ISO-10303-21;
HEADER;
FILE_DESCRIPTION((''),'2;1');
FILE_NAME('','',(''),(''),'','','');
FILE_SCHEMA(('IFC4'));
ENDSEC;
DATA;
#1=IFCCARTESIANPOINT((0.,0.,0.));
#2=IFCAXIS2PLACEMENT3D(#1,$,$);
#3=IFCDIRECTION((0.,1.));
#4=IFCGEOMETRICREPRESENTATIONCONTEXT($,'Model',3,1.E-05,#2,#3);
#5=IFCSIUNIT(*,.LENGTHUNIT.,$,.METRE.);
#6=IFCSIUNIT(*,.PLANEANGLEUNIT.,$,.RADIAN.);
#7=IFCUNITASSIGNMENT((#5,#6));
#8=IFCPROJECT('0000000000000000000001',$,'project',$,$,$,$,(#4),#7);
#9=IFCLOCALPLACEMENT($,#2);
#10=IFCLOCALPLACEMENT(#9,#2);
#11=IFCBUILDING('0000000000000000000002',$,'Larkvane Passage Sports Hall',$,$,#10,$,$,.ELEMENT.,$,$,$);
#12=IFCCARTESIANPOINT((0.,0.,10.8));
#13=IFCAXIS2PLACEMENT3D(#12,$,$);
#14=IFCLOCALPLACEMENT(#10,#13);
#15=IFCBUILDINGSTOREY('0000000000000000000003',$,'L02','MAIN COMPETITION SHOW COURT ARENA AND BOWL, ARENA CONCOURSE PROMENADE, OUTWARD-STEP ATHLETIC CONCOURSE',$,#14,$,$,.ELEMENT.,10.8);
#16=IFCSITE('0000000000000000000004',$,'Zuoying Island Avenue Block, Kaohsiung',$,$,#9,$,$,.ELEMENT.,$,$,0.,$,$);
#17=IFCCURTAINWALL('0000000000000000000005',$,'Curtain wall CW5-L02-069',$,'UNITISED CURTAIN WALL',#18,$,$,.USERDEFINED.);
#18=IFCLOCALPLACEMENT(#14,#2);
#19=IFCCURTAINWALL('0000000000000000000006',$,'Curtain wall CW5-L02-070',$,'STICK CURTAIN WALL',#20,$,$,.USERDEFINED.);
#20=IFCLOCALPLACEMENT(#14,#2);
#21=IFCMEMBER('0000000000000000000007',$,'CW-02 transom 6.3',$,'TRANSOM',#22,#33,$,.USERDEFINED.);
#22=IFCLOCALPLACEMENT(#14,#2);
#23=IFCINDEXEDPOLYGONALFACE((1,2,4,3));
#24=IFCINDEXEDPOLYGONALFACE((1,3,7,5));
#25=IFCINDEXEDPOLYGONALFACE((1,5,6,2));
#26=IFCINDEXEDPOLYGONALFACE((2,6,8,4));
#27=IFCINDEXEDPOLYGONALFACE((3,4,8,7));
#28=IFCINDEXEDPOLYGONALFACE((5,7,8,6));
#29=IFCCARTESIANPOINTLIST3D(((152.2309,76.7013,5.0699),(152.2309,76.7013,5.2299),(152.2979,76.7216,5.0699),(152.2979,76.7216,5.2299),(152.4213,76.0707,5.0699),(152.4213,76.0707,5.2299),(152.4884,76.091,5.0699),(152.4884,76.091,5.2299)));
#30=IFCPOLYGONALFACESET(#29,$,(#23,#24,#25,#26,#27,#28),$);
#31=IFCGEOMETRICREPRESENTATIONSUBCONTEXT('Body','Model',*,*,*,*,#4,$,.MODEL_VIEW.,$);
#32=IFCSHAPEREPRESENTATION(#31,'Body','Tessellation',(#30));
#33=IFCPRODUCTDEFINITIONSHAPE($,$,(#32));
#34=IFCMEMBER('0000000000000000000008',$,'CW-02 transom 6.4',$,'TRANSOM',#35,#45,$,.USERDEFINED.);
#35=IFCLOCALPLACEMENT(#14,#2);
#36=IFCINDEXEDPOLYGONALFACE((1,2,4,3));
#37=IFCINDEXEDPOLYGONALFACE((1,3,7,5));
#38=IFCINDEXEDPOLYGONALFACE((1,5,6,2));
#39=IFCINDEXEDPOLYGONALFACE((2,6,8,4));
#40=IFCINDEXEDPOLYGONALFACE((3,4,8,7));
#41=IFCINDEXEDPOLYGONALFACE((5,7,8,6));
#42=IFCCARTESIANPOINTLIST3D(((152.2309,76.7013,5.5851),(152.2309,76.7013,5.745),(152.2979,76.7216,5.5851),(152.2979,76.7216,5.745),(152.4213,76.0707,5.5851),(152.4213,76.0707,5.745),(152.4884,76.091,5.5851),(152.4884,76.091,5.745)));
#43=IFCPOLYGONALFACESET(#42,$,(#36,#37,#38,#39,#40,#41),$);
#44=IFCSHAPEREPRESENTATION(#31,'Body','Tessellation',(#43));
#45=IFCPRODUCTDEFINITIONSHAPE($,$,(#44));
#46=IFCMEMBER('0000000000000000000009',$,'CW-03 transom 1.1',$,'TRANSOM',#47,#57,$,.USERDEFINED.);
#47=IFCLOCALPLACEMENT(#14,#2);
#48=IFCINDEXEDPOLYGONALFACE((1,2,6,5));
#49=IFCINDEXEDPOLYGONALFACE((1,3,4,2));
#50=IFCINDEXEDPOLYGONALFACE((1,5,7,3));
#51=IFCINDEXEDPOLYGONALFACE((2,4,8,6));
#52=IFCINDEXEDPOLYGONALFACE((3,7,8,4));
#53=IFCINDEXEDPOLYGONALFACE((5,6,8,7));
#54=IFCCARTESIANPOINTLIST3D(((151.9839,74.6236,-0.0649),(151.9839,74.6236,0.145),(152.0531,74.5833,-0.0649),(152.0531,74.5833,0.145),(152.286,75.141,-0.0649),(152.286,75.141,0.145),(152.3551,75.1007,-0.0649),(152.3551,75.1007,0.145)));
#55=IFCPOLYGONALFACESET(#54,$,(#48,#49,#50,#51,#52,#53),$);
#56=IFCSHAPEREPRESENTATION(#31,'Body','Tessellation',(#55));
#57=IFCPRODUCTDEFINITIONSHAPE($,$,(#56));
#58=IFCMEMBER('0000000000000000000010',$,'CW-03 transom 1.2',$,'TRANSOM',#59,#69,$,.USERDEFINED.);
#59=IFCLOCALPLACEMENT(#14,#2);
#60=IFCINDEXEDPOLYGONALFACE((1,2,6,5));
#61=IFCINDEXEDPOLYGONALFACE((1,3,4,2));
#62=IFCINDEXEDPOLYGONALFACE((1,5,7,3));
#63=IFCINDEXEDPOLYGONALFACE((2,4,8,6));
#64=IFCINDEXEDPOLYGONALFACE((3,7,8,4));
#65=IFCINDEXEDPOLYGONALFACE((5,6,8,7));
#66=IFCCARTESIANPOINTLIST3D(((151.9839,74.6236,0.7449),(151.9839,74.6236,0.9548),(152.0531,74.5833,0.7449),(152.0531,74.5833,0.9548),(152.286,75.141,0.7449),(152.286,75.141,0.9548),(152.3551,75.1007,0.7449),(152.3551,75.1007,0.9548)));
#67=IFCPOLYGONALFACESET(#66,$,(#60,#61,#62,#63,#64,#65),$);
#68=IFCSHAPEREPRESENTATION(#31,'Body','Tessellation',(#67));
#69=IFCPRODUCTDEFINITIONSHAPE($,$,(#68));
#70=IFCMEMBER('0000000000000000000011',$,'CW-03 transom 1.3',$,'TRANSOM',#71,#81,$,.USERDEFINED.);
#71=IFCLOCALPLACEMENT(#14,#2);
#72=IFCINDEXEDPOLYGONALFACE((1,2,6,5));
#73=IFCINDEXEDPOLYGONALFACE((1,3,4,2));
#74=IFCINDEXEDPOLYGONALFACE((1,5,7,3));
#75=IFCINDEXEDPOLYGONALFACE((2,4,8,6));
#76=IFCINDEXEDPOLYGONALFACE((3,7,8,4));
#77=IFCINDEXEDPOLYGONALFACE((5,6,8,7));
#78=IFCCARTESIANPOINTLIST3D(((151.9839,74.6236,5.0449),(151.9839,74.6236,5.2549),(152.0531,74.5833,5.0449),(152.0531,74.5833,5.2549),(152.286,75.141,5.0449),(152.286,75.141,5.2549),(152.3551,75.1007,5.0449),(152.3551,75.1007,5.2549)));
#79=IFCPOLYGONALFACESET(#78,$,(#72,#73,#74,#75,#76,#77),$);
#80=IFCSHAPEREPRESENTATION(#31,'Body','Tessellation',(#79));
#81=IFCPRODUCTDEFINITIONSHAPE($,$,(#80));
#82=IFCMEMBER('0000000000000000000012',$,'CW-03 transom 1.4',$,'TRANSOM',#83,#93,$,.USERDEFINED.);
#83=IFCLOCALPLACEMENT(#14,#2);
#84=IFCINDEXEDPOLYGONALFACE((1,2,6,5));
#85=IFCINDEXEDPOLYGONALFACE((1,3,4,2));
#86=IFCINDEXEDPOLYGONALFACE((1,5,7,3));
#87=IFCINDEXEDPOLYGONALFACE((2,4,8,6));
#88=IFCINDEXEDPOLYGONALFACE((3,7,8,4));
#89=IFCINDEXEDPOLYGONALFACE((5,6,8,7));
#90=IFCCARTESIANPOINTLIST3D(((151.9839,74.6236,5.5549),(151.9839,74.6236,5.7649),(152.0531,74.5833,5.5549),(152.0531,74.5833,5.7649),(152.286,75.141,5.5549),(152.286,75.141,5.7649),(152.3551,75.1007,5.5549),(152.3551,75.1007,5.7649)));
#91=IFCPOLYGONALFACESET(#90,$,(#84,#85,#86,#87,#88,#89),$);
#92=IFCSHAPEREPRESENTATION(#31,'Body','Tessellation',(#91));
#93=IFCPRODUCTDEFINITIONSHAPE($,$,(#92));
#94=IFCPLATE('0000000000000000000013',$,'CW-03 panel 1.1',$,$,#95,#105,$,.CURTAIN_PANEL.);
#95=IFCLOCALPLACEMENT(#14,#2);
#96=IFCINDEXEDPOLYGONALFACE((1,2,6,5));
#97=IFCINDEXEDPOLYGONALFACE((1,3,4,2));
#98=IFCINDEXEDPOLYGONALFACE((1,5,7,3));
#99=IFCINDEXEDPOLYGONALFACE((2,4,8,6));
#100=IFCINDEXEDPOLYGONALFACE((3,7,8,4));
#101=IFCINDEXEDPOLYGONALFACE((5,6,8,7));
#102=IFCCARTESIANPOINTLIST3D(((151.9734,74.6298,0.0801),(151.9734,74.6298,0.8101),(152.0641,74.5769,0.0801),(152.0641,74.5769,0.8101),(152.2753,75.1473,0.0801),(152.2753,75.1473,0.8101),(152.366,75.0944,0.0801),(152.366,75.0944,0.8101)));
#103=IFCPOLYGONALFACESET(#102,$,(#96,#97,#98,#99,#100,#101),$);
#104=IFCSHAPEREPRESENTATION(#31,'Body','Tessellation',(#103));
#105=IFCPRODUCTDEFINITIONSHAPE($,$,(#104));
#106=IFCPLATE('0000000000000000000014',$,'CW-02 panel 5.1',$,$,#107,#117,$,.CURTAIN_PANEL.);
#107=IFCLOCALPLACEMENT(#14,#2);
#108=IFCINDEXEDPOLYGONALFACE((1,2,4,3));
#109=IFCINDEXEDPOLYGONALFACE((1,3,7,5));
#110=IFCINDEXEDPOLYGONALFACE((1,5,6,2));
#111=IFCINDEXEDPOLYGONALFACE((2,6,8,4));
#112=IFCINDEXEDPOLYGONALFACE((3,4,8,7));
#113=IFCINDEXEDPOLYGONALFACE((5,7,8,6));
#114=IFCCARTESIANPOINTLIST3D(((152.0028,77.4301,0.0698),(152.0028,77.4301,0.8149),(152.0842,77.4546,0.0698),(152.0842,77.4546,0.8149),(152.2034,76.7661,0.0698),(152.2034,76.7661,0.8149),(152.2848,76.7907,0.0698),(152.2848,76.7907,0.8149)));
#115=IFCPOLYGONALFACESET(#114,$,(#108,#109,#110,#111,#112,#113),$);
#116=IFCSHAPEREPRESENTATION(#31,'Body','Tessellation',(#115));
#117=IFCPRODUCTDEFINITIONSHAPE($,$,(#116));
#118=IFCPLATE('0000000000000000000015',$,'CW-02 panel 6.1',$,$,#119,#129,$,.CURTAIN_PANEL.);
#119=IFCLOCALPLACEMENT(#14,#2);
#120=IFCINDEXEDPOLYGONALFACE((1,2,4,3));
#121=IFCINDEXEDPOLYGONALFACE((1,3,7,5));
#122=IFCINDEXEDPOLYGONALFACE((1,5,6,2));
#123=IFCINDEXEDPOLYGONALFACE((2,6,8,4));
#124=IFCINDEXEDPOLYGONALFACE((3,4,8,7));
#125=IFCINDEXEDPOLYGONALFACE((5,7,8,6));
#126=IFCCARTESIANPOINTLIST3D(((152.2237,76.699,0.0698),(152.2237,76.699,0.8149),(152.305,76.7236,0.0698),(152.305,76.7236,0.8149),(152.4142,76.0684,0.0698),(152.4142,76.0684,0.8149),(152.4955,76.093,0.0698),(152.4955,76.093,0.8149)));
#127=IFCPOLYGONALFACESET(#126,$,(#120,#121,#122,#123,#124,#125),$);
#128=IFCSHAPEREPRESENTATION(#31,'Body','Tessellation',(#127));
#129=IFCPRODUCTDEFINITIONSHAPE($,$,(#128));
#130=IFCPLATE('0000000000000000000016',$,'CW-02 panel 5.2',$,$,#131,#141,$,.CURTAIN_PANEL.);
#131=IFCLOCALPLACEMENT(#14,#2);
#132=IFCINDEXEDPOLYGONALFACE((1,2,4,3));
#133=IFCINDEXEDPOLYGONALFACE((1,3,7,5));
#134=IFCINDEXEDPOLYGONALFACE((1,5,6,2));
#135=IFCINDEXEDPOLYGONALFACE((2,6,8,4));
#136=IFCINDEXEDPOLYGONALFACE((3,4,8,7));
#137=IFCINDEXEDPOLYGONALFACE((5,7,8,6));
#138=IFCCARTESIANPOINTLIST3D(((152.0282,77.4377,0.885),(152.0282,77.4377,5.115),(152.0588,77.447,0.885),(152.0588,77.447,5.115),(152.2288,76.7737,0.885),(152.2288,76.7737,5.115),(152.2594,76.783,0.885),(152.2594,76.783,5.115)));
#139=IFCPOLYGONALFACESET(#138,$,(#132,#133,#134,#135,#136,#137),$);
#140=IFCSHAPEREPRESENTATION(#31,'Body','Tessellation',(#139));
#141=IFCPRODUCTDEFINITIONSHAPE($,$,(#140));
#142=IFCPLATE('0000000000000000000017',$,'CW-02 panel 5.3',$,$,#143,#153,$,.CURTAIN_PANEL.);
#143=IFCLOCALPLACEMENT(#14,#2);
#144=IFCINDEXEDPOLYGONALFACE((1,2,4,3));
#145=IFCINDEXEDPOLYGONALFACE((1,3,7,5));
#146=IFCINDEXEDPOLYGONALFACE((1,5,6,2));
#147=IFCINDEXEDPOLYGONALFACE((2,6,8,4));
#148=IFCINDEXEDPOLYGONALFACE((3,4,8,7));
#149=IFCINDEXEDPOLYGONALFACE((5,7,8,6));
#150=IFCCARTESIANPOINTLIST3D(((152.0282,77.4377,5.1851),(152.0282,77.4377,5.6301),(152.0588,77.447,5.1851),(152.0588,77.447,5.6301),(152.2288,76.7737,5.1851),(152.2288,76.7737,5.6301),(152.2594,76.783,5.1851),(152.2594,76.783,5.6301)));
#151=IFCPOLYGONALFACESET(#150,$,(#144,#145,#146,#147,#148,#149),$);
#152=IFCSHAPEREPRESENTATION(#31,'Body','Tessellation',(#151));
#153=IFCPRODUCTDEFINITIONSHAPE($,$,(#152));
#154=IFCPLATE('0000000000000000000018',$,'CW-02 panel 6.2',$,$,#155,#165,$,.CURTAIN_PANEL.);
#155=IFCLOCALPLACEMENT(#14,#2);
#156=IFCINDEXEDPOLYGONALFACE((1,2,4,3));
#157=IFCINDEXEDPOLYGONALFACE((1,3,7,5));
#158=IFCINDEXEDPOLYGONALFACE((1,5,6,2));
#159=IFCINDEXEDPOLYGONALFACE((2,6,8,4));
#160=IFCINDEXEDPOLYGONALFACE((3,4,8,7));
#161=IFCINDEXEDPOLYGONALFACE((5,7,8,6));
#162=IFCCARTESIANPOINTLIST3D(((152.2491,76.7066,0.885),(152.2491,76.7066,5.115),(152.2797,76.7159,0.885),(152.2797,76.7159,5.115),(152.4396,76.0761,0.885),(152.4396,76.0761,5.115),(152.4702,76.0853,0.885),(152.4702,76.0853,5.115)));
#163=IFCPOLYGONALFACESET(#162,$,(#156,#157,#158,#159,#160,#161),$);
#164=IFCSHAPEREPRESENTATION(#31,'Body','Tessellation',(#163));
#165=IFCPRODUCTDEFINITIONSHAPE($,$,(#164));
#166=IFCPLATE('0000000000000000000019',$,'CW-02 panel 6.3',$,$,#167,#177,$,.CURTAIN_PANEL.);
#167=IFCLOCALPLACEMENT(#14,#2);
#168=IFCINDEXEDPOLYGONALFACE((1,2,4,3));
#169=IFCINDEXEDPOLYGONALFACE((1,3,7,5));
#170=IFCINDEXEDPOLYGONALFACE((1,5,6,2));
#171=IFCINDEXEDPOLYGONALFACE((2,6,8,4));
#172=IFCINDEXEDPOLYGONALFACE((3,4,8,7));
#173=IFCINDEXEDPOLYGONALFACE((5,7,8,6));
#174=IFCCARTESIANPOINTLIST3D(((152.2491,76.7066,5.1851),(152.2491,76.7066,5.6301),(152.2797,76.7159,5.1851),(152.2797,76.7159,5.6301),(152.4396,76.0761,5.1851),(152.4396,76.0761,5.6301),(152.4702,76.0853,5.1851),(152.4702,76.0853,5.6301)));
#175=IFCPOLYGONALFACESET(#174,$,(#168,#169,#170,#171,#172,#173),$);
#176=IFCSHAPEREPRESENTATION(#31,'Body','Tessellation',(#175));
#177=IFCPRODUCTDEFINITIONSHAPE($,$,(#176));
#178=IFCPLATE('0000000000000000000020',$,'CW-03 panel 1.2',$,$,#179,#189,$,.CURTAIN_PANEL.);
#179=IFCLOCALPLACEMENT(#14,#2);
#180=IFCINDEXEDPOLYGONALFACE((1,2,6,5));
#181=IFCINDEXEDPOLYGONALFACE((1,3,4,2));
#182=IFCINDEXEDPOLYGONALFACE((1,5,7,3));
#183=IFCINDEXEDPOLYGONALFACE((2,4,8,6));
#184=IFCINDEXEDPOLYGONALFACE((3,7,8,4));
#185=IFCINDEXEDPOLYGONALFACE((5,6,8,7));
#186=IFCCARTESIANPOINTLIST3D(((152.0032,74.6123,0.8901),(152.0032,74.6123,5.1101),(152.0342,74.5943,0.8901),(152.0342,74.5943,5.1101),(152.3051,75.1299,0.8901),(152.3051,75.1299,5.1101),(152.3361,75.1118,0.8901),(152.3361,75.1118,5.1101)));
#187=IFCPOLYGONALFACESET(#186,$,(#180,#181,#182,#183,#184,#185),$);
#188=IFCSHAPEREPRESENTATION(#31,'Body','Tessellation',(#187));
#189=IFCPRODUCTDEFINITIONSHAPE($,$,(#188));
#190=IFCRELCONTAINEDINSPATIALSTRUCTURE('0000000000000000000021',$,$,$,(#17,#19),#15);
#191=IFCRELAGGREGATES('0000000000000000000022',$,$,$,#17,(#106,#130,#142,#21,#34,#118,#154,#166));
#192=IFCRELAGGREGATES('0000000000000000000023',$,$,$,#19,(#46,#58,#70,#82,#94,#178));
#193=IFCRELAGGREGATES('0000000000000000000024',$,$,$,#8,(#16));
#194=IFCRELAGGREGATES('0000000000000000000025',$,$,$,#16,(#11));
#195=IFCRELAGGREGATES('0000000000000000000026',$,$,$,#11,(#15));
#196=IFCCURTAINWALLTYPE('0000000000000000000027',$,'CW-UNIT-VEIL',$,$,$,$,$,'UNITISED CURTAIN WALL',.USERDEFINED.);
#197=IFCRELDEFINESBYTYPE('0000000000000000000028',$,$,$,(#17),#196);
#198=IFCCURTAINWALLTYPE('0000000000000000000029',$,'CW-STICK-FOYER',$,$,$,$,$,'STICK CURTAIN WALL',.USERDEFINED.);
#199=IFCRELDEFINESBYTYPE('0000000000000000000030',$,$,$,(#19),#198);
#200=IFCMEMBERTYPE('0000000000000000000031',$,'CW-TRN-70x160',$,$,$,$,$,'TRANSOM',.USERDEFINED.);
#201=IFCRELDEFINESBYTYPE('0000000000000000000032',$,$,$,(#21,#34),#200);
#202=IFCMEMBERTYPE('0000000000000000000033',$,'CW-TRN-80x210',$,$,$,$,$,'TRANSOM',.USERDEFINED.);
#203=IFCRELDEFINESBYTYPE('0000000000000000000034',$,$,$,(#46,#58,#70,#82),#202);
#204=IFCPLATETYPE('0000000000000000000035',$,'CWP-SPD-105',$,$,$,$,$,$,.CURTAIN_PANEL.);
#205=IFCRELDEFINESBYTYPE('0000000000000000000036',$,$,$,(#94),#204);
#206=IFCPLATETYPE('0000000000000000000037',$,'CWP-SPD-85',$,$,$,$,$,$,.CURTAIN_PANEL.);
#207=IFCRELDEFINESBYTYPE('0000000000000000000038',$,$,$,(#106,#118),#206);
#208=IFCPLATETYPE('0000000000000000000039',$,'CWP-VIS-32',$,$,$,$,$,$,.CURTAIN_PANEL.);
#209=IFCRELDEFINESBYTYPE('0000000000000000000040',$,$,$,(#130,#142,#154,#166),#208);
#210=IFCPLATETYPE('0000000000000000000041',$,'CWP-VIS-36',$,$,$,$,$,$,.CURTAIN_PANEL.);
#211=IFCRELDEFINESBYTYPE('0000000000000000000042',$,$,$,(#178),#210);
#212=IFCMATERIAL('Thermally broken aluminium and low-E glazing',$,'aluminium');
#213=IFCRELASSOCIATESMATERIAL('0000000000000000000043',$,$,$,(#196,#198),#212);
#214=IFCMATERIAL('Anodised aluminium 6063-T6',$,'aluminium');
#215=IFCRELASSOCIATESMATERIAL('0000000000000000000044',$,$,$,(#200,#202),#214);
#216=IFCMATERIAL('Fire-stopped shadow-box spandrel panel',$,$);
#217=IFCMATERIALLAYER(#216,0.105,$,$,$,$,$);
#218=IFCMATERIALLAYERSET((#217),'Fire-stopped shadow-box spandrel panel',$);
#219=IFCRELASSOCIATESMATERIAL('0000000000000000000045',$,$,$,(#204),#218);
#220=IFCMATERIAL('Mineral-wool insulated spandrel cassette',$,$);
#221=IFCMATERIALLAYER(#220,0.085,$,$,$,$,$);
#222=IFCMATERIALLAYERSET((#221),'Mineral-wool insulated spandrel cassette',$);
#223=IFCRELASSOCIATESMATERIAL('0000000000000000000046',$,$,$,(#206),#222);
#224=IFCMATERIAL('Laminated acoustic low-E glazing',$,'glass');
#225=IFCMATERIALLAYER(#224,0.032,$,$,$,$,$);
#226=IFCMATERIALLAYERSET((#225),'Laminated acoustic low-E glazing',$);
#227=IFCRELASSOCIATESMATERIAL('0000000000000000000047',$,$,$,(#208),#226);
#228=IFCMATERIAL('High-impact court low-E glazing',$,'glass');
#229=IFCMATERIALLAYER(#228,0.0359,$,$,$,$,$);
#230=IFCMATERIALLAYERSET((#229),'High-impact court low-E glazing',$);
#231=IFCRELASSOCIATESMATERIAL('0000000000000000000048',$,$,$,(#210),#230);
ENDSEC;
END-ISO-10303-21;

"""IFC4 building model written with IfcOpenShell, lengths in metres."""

from ifc_helpers import new_model, si_unit, direction, frame, origin, origin_2d, place, context, subcontext, project, spatial, rectangle, extrude, material, layer, layer_set, material_profile, profile_set, type_object, element, aggregate, save


model = new_model("IFC4")

# Units and contexts
model_context = context("Model", 3, precision=1e-05, world=origin(), true_north=direction((0.0, 1.0)))
body_context = subcontext(model_context, "Body", "Model", "MODEL_VIEW")
ifc_project = project(units=[si_unit("LENGTHUNIT", "METRE"), si_unit("PLANEANGLEUNIT", "RADIAN")], contexts=[model_context])

# Site, building, storey
site_placement = place(None, origin())
site = spatial("IfcSite", under=ifc_project, at=site_placement, Name="Zuoying Island Avenue Block, Kaohsiung", CompositionType="ELEMENT", RefElevation=0.0)
building_placement = place(site_placement, origin())
building = spatial("IfcBuilding", under=site, at=building_placement, Name="Larkvane Passage Sports Hall", CompositionType="ELEMENT")
storey_placement = place(building_placement, frame((0.0, 0.0, 10.8)))
storey = spatial("IfcBuildingStorey", under=building, at=storey_placement, Name="L02", Description="MAIN COMPETITION SHOW COURT ARENA AND BOWL, ARENA CONCOURSE PROMENADE, OUTWARD-STEP ATHLETIC CONCOURSE", CompositionType="ELEMENT", Elevation=10.8)

# Curtain walls
ifc_material_1 = material(Name="Thermally broken aluminium and low-E glazing", Category="aluminium")
curtain_wall_type_1 = type_object("IfcCurtainWallType", Name="CW-UNIT-VEIL", ElementType="UNITISED CURTAIN WALL", PredefinedType="USERDEFINED", material=ifc_material_1)
curtain_wall_1_placement = place(storey_placement, origin())
curtain_wall_1 = element("IfcCurtainWall", 1, at=curtain_wall_1_placement, inside=storey, type_object=curtain_wall_type_1, Name="Curtain wall CW5-L02-069", ObjectType="UNITISED CURTAIN WALL", PredefinedType="USERDEFINED")
ifc_material_2 = material(Name="Anodised aluminium 6063-T6", Category="aluminium")
curtain_wall_type_2 = type_object("IfcCurtainWallType", Name="CW-STICK-FOYER", ElementType="STICK CURTAIN WALL", PredefinedType="USERDEFINED", material=ifc_material_1)
curtain_wall_2_placement = place(storey_placement, origin())
curtain_wall_2 = element("IfcCurtainWall", 2, at=curtain_wall_2_placement, inside=storey, type_object=curtain_wall_type_2, Name="Curtain wall CW5-L02-070", ObjectType="STICK CURTAIN WALL", PredefinedType="USERDEFINED")

# Members
ifc_material_profile_1 = material_profile(ifc_material_2, rectangle(XDim=0.0701, YDim=0.1599, at=origin_2d()), Name="ALU-TRN-70x160")
ifc_profile_set_1 = profile_set([ifc_material_profile_1], Name="Anodised aluminium 6063-T6")
member_type_1 = type_object("IfcMemberType", Name="CW-TRN-70x160", ElementType="TRANSOM", PredefinedType="USERDEFINED", material=ifc_profile_set_1)
member_1_placement = place(storey_placement, frame((152.2644, 76.7114, 5.1499), z_axis=(0.289081, -0.957304, 0.0), x_axis=(0.957304, 0.289081, 0.0)))
member_1 = element("IfcMember", 3, at=member_1_placement, type_object=member_type_1, Name="CW-02 transom 6.3", ObjectType="TRANSOM", PredefinedType="USERDEFINED", context=body_context, shape_type="SweptSolid", body=[
    extrude(rectangle(XDim=0.0701, YDim=0.1599, at=origin_2d()), origin(), (0.0, 0.0, 1.0), 0.6587),
])
member_2_placement = place(storey_placement, frame((152.2644, 76.7114, 5.665), z_axis=(0.289081, -0.957304, 0.0), x_axis=(0.957304, 0.289081, 0.0)))
member_2 = element("IfcMember", 4, at=member_2_placement, type_object=member_type_1, Name="CW-02 transom 6.4", ObjectType="TRANSOM", PredefinedType="USERDEFINED", context=body_context, shape_type="SweptSolid", body=[
    extrude(rectangle(XDim=0.0701, YDim=0.1599, at=origin_2d()), origin(), (0.0, 0.0, 1.0), 0.6587),
])
ifc_material_profile_2 = material_profile(ifc_material_2, rectangle(XDim=0.0801, YDim=0.21, at=origin_2d()), Name="ALU-TRN-80x210")
ifc_profile_set_2 = profile_set([ifc_material_profile_2], Name="Anodised aluminium 6063-T6")
member_type_2 = type_object("IfcMemberType", Name="CW-TRN-80x210", ElementType="TRANSOM", PredefinedType="USERDEFINED", material=ifc_profile_set_2)
member_3_placement = place(storey_placement, frame((152.3206, 75.1208, 0.04), z_axis=(-0.50415, -0.863616, 0.0), x_axis=(0.863616, -0.50415, 0.0)))
member_3 = element("IfcMember", 5, at=member_3_placement, type_object=member_type_2, Name="CW-03 transom 1.1", ObjectType="TRANSOM", PredefinedType="USERDEFINED", context=body_context, shape_type="SweptSolid", body=[
    extrude(rectangle(XDim=0.0801, YDim=0.21, at=origin_2d()), origin(), (0.0, 0.0, 1.0), 0.5991),
])
member_4_placement = place(storey_placement, frame((152.3206, 75.1208, 0.8499), z_axis=(-0.50415, -0.863616, 0.0), x_axis=(0.863616, -0.50415, 0.0)))
member_4 = element("IfcMember", 6, at=member_4_placement, type_object=member_type_2, Name="CW-03 transom 1.2", ObjectType="TRANSOM", PredefinedType="USERDEFINED", context=body_context, shape_type="SweptSolid", body=[
    extrude(rectangle(XDim=0.0801, YDim=0.21, at=origin_2d()), origin(), (0.0, 0.0, 1.0), 0.5991),
])
member_5_placement = place(storey_placement, frame((152.3206, 75.1208, 5.1499), z_axis=(-0.50415, -0.863616, 0.0), x_axis=(0.863616, -0.50415, 0.0)))
member_5 = element("IfcMember", 7, at=member_5_placement, type_object=member_type_2, Name="CW-03 transom 1.3", ObjectType="TRANSOM", PredefinedType="USERDEFINED", context=body_context, shape_type="SweptSolid", body=[
    extrude(rectangle(XDim=0.0801, YDim=0.21, at=origin_2d()), origin(), (0.0, 0.0, 1.0), 0.5991),
])
member_6_placement = place(storey_placement, frame((152.3206, 75.1208, 5.6599), z_axis=(-0.50415, -0.863616, 0.0), x_axis=(0.863616, -0.50415, 0.0)))
member_6 = element("IfcMember", 8, at=member_6_placement, type_object=member_type_2, Name="CW-03 transom 1.4", ObjectType="TRANSOM", PredefinedType="USERDEFINED", context=body_context, shape_type="SweptSolid", body=[
    extrude(rectangle(XDim=0.0801, YDim=0.21, at=origin_2d()), origin(), (0.0, 0.0, 1.0), 0.5991),
])

# Plates
ifc_material_3 = material(Name="Fire-stopped shadow-box spandrel panel")
ifc_layer_1 = layer(ifc_material_3, 0.105)
ifc_layer_set_1 = layer_set([ifc_layer_1], Name="Fire-stopped shadow-box spandrel panel")
plate_type_1 = type_object("IfcPlateType", Name="CWP-SPD-105", PredefinedType="CURTAIN_PANEL", material=ifc_layer_set_1)
plate_1_placement = place(storey_placement, frame((152.1697, 74.8621, 0.0801), z_axis=(0.0, 0.0, 1.0), x_axis=(-0.503867, -0.863781, 0.0)))
plate_1 = element("IfcPlate", 9, at=plate_1_placement, type_object=plate_type_1, Name="CW-03 panel 1.1", PredefinedType="CURTAIN_PANEL", context=body_context, shape_type="SweptSolid", body=[
    extrude(rectangle(XDim=0.5991, YDim=0.105, at=origin_2d()), origin(), (0.0, 0.0, 1.0), 0.73),
])
ifc_material_4 = material(Name="Mineral-wool insulated spandrel cassette")
ifc_layer_2 = layer(ifc_material_4, 0.085)
ifc_layer_set_2 = layer_set([ifc_layer_2], Name="Mineral-wool insulated spandrel cassette")
plate_type_2 = type_object("IfcPlateType", Name="CWP-SPD-85", PredefinedType="CURTAIN_PANEL", material=ifc_layer_set_2)
plate_2_placement = place(storey_placement, frame((152.1438, 77.1104, 0.0698), z_axis=(0.0, 0.0, 1.0), x_axis=(0.289177, -0.957276, 0.0)))
plate_2 = element("IfcPlate", 10, at=plate_2_placement, type_object=plate_type_2, Name="CW-02 panel 5.1", PredefinedType="CURTAIN_PANEL", context=body_context, shape_type="SweptSolid", body=[
    extrude(rectangle(XDim=0.6936, YDim=0.085, at=origin_2d()), origin(), (0.0, 0.0, 1.0), 0.7451),
])
plate_3_placement = place(storey_placement, frame((152.3596, 76.396, 0.0698), z_axis=(0.0, 0.0, 1.0), x_axis=(0.289177, -0.957276, 0.0)))
plate_3 = element("IfcPlate", 11, at=plate_3_placement, type_object=plate_type_2, Name="CW-02 panel 6.1", PredefinedType="CURTAIN_PANEL", context=body_context, shape_type="SweptSolid", body=[
    extrude(rectangle(XDim=0.6587, YDim=0.085, at=origin_2d()), origin(), (0.0, 0.0, 1.0), 0.7451),
])
ifc_material_5 = material(Name="Laminated acoustic low-E glazing", Category="glass")
ifc_layer_3 = layer(ifc_material_5, 0.032)
ifc_layer_set_3 = layer_set([ifc_layer_3], Name="Laminated acoustic low-E glazing")
plate_type_3 = type_object("IfcPlateType", Name="CWP-VIS-32", PredefinedType="CURTAIN_PANEL", material=ifc_layer_set_3)
plate_4_placement = place(storey_placement, frame((152.1438, 77.1104, 0.885), z_axis=(0.0, 0.0, 1.0), x_axis=(0.289177, -0.957276, 0.0)))
plate_4 = element("IfcPlate", 12, at=plate_4_placement, type_object=plate_type_3, Name="CW-02 panel 5.2", PredefinedType="CURTAIN_PANEL", context=body_context, shape_type="SweptSolid", body=[
    extrude(rectangle(XDim=0.6936, YDim=0.032, at=origin_2d()), origin(), (0.0, 0.0, 1.0), 4.23),
])
plate_5_placement = place(storey_placement, frame((152.1438, 77.1104, 5.1851), z_axis=(0.0, 0.0, 1.0), x_axis=(0.289177, -0.957276, 0.0)))
plate_5 = element("IfcPlate", 13, at=plate_5_placement, type_object=plate_type_3, Name="CW-02 panel 5.3", PredefinedType="CURTAIN_PANEL", context=body_context, shape_type="SweptSolid", body=[
    extrude(rectangle(XDim=0.6936, YDim=0.032, at=origin_2d()), origin(), (0.0, 0.0, 1.0), 0.4451),
])
plate_6_placement = place(storey_placement, frame((152.3596, 76.396, 0.885), z_axis=(0.0, 0.0, 1.0), x_axis=(0.289177, -0.957276, 0.0)))
plate_6 = element("IfcPlate", 14, at=plate_6_placement, type_object=plate_type_3, Name="CW-02 panel 6.2", PredefinedType="CURTAIN_PANEL", context=body_context, shape_type="SweptSolid", body=[
    extrude(rectangle(XDim=0.6587, YDim=0.032, at=origin_2d()), origin(), (0.0, 0.0, 1.0), 4.23),
])
plate_7_placement = place(storey_placement, frame((152.3596, 76.396, 5.1851), z_axis=(0.0, 0.0, 1.0), x_axis=(0.289177, -0.957276, 0.0)))
plate_7 = element("IfcPlate", 15, at=plate_7_placement, type_object=plate_type_3, Name="CW-02 panel 6.3", PredefinedType="CURTAIN_PANEL", context=body_context, shape_type="SweptSolid", body=[
    extrude(rectangle(XDim=0.6587, YDim=0.032, at=origin_2d()), origin(), (0.0, 0.0, 1.0), 0.4451),
])
aggregate(curtain_wall_1, [plate_2, plate_4, plate_5, member_1, member_2, plate_3, plate_6, plate_7])
ifc_material_6 = material(Name="High-impact court low-E glazing", Category="glass")
ifc_layer_4 = layer(ifc_material_6, 0.0359)
ifc_layer_set_4 = layer_set([ifc_layer_4], Name="High-impact court low-E glazing")
plate_type_4 = type_object("IfcPlateType", Name="CWP-VIS-36", PredefinedType="CURTAIN_PANEL", material=ifc_layer_set_4)
plate_8_placement = place(storey_placement, frame((152.1697, 74.8621, 0.8901), z_axis=(0.0, 0.0, 1.0), x_axis=(-0.503867, -0.863781, 0.0)))
plate_8 = element("IfcPlate", 16, at=plate_8_placement, type_object=plate_type_4, Name="CW-03 panel 1.2", PredefinedType="CURTAIN_PANEL", context=body_context, shape_type="SweptSolid", body=[
    extrude(rectangle(XDim=0.5991, YDim=0.0359, at=origin_2d()), origin(), (0.0, 0.0, 1.0), 4.22),
])
aggregate(curtain_wall_2, [member_3, member_4, member_5, member_6, plate_1, plate_8])

save(model, "model.ifc")
